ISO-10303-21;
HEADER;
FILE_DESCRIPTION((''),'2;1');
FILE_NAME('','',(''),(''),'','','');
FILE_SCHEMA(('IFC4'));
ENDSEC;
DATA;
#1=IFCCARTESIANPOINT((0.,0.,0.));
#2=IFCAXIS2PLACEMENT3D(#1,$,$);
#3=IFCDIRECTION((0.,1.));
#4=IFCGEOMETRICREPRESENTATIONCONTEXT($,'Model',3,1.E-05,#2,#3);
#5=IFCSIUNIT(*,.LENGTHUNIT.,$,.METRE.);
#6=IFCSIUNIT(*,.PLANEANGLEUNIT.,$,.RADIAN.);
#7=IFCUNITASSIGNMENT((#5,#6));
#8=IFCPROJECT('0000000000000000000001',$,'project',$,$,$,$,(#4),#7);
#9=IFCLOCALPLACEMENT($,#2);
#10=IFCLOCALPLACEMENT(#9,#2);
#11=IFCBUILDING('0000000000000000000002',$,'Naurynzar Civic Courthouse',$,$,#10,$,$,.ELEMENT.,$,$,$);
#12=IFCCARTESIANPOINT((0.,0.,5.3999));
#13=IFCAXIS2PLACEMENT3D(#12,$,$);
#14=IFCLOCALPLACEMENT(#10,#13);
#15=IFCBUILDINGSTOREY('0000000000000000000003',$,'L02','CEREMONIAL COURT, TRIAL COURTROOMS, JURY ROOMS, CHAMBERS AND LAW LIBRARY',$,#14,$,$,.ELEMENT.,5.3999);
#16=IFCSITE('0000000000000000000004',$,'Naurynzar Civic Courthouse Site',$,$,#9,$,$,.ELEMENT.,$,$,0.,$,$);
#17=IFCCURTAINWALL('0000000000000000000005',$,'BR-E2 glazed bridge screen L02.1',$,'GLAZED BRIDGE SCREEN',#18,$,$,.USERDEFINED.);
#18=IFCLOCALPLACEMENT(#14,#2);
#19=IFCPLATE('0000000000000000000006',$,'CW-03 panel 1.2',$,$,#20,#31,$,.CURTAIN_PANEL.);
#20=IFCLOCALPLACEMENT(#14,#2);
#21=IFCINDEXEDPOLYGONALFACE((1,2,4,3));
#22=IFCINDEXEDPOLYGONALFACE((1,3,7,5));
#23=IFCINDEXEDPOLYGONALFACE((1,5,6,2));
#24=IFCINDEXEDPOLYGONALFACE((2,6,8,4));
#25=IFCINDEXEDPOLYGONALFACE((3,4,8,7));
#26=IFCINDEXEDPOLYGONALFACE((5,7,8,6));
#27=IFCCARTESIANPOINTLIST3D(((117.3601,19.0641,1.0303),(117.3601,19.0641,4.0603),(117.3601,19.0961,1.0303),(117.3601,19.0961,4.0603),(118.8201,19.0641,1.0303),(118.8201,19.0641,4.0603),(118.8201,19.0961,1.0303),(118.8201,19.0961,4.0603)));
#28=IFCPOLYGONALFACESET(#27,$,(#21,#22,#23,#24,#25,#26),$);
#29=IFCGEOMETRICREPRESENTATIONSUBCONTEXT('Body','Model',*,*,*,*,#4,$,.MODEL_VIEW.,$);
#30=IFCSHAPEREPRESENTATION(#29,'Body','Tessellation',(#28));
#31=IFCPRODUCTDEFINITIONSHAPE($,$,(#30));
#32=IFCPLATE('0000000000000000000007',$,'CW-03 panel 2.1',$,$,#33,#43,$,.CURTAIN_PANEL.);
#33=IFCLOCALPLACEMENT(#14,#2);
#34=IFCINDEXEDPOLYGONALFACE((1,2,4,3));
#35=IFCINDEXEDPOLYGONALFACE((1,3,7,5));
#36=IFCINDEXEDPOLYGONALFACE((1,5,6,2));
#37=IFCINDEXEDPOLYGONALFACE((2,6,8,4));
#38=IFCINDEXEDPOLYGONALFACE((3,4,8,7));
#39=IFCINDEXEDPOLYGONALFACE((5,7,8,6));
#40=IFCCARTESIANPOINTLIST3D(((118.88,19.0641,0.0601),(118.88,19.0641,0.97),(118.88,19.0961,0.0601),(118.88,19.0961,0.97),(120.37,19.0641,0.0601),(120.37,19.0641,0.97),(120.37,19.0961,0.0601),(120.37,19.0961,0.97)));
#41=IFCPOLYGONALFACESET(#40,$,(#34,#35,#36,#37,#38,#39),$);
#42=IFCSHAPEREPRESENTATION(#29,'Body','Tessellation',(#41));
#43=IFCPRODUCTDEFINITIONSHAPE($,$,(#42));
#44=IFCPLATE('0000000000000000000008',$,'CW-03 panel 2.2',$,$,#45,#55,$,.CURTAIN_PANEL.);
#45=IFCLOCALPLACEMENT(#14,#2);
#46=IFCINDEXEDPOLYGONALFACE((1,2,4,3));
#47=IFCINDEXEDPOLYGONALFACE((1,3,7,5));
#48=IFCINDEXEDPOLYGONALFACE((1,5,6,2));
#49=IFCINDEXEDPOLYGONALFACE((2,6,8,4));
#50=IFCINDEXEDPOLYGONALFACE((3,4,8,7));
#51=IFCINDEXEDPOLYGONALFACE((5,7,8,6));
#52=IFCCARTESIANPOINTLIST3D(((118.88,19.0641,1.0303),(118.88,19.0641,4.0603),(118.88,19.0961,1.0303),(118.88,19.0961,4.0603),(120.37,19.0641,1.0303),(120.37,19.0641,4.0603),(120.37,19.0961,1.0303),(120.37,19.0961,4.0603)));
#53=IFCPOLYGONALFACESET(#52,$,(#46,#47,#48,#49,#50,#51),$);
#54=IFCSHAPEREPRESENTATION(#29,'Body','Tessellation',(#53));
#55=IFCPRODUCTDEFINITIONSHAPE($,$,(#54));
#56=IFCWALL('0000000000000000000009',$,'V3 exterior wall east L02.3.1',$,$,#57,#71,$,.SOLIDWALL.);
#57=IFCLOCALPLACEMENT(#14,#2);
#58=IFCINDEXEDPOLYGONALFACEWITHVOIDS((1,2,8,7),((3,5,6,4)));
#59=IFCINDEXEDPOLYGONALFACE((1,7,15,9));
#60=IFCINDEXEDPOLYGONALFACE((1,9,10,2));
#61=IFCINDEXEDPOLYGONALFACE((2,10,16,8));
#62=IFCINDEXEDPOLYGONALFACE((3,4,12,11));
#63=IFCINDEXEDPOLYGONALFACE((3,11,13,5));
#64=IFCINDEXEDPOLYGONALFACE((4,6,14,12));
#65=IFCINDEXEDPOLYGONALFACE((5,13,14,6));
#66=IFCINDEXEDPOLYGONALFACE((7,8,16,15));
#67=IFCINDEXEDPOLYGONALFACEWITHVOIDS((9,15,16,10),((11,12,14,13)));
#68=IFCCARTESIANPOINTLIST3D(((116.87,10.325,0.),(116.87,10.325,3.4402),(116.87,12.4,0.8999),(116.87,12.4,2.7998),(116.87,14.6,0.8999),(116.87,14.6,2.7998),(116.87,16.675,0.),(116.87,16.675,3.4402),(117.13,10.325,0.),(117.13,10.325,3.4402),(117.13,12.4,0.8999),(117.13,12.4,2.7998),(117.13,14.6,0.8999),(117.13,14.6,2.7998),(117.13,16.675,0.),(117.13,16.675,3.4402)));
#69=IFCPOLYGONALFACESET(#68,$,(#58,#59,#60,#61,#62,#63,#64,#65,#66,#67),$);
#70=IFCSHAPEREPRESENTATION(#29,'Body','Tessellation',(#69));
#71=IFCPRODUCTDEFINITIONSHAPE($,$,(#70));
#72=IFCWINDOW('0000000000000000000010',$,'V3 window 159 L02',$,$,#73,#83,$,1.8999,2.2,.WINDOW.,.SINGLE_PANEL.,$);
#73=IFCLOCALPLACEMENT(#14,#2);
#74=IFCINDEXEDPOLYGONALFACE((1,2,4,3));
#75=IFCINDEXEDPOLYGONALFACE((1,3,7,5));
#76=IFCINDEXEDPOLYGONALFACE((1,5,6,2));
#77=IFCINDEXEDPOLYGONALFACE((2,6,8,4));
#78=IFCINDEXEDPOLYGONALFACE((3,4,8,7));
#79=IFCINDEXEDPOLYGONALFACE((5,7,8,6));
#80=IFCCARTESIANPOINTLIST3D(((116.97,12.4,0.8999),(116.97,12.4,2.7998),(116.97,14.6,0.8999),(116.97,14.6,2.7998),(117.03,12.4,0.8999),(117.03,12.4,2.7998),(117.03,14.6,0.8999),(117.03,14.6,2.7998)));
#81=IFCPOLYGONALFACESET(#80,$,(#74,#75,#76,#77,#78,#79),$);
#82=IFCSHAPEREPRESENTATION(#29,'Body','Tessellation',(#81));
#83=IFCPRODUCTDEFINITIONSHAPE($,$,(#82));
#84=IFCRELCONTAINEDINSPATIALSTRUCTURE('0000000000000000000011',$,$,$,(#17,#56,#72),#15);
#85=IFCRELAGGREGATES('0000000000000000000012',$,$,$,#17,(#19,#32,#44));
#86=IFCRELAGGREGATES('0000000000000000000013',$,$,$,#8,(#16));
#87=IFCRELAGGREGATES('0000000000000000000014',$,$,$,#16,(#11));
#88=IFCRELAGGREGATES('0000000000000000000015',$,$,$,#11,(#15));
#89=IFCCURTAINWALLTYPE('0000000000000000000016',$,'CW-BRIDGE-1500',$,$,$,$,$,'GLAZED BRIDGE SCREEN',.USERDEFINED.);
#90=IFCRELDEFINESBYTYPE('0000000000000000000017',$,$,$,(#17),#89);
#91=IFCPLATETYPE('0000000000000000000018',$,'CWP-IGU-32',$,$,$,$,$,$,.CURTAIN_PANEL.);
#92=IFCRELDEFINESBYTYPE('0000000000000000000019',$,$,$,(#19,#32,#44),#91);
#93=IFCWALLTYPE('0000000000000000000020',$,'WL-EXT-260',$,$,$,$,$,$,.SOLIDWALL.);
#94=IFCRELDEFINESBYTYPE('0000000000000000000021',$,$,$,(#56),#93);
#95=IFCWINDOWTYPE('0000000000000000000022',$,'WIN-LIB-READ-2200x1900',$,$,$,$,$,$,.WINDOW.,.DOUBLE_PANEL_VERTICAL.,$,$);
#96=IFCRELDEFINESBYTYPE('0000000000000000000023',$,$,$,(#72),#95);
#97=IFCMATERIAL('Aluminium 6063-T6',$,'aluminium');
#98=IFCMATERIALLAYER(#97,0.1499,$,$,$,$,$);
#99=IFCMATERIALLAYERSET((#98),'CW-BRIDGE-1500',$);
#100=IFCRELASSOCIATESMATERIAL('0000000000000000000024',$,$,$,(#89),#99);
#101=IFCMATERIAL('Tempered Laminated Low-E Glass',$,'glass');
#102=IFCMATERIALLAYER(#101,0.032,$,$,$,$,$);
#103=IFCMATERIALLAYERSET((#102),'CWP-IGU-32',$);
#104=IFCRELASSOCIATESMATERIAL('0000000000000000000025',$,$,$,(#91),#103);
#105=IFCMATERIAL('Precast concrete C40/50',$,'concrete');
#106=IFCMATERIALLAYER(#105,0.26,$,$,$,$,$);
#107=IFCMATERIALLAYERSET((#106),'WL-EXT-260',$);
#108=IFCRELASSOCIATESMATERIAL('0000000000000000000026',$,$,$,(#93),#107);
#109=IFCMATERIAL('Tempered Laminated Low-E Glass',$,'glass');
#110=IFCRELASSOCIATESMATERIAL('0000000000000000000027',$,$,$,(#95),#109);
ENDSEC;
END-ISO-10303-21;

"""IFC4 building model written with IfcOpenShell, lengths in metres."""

from ifc_helpers import new_model, si_unit, direction, frame, frame_2d, origin, origin_2d, place, context, subcontext, project, spatial, rectangle, extrude, material, layer, layer_set, type_object, element, fill, aggregate, save


model = new_model("IFC4")

# Units and contexts
model_context = context("Model", 3, precision=1e-05, world=origin(), true_north=direction((0.0, 1.0)))
body_context = subcontext(model_context, "Body", "Model", "MODEL_VIEW")
ifc_project = project(units=[si_unit("LENGTHUNIT", "METRE"), si_unit("PLANEANGLEUNIT", "RADIAN")], contexts=[model_context])

# Site, building, storey
site_placement = place(None, origin())
site = spatial("IfcSite", under=ifc_project, at=site_placement, Name="Naurynzar Civic Courthouse Site", CompositionType="ELEMENT", RefElevation=0.0)
building_placement = place(site_placement, origin())
building = spatial("IfcBuilding", under=site, at=building_placement, Name="Naurynzar Civic Courthouse", CompositionType="ELEMENT")
storey_placement = place(building_placement, frame((0.0, 0.0, 5.3999)))
storey = spatial("IfcBuildingStorey", under=building, at=storey_placement, Name="L02", Description="CEREMONIAL COURT, TRIAL COURTROOMS, JURY ROOMS, CHAMBERS AND LAW LIBRARY", CompositionType="ELEMENT", Elevation=5.3999)

# Curtain wall, plates
ifc_material_1 = material(Name="Aluminium 6063-T6", Category="aluminium")
ifc_layer_1 = layer(ifc_material_1, 0.1499)
ifc_layer_set_1 = layer_set([ifc_layer_1], Name="CW-BRIDGE-1500")
curtain_wall_type = type_object("IfcCurtainWallType", Name="CW-BRIDGE-1500", ElementType="GLAZED BRIDGE SCREEN", PredefinedType="USERDEFINED", material=ifc_layer_set_1)
curtain_wall_placement = place(storey_placement, origin())
curtain_wall = element("IfcCurtainWall", 1, at=curtain_wall_placement, inside=storey, type_object=curtain_wall_type, Name="BR-E2 glazed bridge screen L02.1", ObjectType="GLAZED BRIDGE SCREEN", PredefinedType="USERDEFINED")
ifc_material_2 = material(Name="Tempered Laminated Low-E Glass", Category="glass")
ifc_layer_2 = layer(ifc_material_2, 0.032)
ifc_layer_set_2 = layer_set([ifc_layer_2], Name="CWP-IGU-32")
plate_type = type_object("IfcPlateType", Name="CWP-IGU-32", PredefinedType="CURTAIN_PANEL", material=ifc_layer_set_2)
plate_1_placement = place(storey_placement, frame((118.0901, 19.0801, 1.0303), z_axis=(0.0, 0.0, 1.0), x_axis=(1.0, 0.0, 0.0)))
plate_1 = element("IfcPlate", 2, at=plate_1_placement, type_object=plate_type, Name="CW-03 panel 1.2", PredefinedType="CURTAIN_PANEL", context=body_context, shape_type="SweptSolid", body=[
    extrude(rectangle(XDim=1.46, YDim=0.032, at=origin_2d()), origin(), (0.0, 0.0, 1.0), 3.03),
])
plate_2_placement = place(storey_placement, frame((119.625, 19.0801, 0.0601), z_axis=(0.0, 0.0, 1.0), x_axis=(1.0, 0.0, 0.0)))
plate_2 = element("IfcPlate", 3, at=plate_2_placement, type_object=plate_type, Name="CW-03 panel 2.1", PredefinedType="CURTAIN_PANEL", context=body_context, shape_type="SweptSolid", body=[
    extrude(rectangle(XDim=1.49, YDim=0.032, at=origin_2d()), origin(), (0.0, 0.0, 1.0), 0.9099),
])
plate_3_placement = place(storey_placement, frame((119.625, 19.0801, 1.0303), z_axis=(0.0, 0.0, 1.0), x_axis=(1.0, 0.0, 0.0)))
plate_3 = element("IfcPlate", 4, at=plate_3_placement, type_object=plate_type, Name="CW-03 panel 2.2", PredefinedType="CURTAIN_PANEL", context=body_context, shape_type="SweptSolid", body=[
    extrude(rectangle(XDim=1.49, YDim=0.032, at=origin_2d()), origin(), (0.0, 0.0, 1.0), 3.03),
])
aggregate(curtain_wall, [plate_1, plate_2, plate_3])

# Wall, opening, window
ifc_material_3 = material(Name="Precast concrete C40/50", Category="concrete")
ifc_layer_3 = layer(ifc_material_3, 0.26)
ifc_layer_set_3 = layer_set([ifc_layer_3], Name="WL-EXT-260")
wall_type = type_object("IfcWallType", Name="WL-EXT-260", PredefinedType="SOLIDWALL", material=ifc_layer_set_3)
wall_placement = place(storey_placement, frame((117.0, 16.675, 0.0), z_axis=(0.0, 0.0, 1.0), x_axis=(0.0, -1.0, 0.0)))
wall = element("IfcWall", 5, at=wall_placement, inside=storey, type_object=wall_type, Name="V3 exterior wall east L02.3.1", PredefinedType="SOLIDWALL", context=body_context, shape_type="SweptSolid", body=[
    extrude(rectangle(XDim=6.3501, YDim=0.26, at=frame_2d((3.175, 0.0))), origin(), (0.0, 0.0, 1.0), 3.4402),
])
opening_placement = place(wall_placement, frame((2.075, 0.0, 0.8999)))
opening = element("IfcOpeningElement", 6, at=opening_placement, cuts=wall, PredefinedType="OPENING", context=body_context, shape_type="SweptSolid", body=[
    extrude(rectangle(XDim=2.2, YDim=1.8999, at=frame_2d((1.1001, 0.95))), frame((0.0, 0.1399, 0.0), z_axis=(0.0, -1.0, 0.0), x_axis=(1.0, 0.0, 0.0)), (0.0, 0.0, 1.0), 0.28),
])
ifc_material_4 = material(Name="Tempered Laminated Low-E Glass", Category="glass")
window_type = type_object("IfcWindowType", Name="WIN-LIB-READ-2200x1900", PartitioningType="DOUBLE_PANEL_VERTICAL", PredefinedType="WINDOW", material=ifc_material_4)
window_placement = place(opening_placement, origin())
window = element("IfcWindow", 7, at=window_placement, inside=storey, type_object=window_type, Name="V3 window 159 L02", OverallHeight=1.8999, OverallWidth=2.2, PartitioningType="SINGLE_PANEL", PredefinedType="WINDOW", context=body_context, shape_type="SweptSolid", body=[
    extrude(rectangle(XDim=2.2, YDim=1.8999, at=frame_2d((1.1001, 0.95))), frame((0.0, 0.03, 0.0), z_axis=(0.0, -1.0, 0.0), x_axis=(1.0, 0.0, 0.0)), (0.0, 0.0, 1.0), 0.0601),
])
fill(opening, window)

save(model, "model.ifc")
